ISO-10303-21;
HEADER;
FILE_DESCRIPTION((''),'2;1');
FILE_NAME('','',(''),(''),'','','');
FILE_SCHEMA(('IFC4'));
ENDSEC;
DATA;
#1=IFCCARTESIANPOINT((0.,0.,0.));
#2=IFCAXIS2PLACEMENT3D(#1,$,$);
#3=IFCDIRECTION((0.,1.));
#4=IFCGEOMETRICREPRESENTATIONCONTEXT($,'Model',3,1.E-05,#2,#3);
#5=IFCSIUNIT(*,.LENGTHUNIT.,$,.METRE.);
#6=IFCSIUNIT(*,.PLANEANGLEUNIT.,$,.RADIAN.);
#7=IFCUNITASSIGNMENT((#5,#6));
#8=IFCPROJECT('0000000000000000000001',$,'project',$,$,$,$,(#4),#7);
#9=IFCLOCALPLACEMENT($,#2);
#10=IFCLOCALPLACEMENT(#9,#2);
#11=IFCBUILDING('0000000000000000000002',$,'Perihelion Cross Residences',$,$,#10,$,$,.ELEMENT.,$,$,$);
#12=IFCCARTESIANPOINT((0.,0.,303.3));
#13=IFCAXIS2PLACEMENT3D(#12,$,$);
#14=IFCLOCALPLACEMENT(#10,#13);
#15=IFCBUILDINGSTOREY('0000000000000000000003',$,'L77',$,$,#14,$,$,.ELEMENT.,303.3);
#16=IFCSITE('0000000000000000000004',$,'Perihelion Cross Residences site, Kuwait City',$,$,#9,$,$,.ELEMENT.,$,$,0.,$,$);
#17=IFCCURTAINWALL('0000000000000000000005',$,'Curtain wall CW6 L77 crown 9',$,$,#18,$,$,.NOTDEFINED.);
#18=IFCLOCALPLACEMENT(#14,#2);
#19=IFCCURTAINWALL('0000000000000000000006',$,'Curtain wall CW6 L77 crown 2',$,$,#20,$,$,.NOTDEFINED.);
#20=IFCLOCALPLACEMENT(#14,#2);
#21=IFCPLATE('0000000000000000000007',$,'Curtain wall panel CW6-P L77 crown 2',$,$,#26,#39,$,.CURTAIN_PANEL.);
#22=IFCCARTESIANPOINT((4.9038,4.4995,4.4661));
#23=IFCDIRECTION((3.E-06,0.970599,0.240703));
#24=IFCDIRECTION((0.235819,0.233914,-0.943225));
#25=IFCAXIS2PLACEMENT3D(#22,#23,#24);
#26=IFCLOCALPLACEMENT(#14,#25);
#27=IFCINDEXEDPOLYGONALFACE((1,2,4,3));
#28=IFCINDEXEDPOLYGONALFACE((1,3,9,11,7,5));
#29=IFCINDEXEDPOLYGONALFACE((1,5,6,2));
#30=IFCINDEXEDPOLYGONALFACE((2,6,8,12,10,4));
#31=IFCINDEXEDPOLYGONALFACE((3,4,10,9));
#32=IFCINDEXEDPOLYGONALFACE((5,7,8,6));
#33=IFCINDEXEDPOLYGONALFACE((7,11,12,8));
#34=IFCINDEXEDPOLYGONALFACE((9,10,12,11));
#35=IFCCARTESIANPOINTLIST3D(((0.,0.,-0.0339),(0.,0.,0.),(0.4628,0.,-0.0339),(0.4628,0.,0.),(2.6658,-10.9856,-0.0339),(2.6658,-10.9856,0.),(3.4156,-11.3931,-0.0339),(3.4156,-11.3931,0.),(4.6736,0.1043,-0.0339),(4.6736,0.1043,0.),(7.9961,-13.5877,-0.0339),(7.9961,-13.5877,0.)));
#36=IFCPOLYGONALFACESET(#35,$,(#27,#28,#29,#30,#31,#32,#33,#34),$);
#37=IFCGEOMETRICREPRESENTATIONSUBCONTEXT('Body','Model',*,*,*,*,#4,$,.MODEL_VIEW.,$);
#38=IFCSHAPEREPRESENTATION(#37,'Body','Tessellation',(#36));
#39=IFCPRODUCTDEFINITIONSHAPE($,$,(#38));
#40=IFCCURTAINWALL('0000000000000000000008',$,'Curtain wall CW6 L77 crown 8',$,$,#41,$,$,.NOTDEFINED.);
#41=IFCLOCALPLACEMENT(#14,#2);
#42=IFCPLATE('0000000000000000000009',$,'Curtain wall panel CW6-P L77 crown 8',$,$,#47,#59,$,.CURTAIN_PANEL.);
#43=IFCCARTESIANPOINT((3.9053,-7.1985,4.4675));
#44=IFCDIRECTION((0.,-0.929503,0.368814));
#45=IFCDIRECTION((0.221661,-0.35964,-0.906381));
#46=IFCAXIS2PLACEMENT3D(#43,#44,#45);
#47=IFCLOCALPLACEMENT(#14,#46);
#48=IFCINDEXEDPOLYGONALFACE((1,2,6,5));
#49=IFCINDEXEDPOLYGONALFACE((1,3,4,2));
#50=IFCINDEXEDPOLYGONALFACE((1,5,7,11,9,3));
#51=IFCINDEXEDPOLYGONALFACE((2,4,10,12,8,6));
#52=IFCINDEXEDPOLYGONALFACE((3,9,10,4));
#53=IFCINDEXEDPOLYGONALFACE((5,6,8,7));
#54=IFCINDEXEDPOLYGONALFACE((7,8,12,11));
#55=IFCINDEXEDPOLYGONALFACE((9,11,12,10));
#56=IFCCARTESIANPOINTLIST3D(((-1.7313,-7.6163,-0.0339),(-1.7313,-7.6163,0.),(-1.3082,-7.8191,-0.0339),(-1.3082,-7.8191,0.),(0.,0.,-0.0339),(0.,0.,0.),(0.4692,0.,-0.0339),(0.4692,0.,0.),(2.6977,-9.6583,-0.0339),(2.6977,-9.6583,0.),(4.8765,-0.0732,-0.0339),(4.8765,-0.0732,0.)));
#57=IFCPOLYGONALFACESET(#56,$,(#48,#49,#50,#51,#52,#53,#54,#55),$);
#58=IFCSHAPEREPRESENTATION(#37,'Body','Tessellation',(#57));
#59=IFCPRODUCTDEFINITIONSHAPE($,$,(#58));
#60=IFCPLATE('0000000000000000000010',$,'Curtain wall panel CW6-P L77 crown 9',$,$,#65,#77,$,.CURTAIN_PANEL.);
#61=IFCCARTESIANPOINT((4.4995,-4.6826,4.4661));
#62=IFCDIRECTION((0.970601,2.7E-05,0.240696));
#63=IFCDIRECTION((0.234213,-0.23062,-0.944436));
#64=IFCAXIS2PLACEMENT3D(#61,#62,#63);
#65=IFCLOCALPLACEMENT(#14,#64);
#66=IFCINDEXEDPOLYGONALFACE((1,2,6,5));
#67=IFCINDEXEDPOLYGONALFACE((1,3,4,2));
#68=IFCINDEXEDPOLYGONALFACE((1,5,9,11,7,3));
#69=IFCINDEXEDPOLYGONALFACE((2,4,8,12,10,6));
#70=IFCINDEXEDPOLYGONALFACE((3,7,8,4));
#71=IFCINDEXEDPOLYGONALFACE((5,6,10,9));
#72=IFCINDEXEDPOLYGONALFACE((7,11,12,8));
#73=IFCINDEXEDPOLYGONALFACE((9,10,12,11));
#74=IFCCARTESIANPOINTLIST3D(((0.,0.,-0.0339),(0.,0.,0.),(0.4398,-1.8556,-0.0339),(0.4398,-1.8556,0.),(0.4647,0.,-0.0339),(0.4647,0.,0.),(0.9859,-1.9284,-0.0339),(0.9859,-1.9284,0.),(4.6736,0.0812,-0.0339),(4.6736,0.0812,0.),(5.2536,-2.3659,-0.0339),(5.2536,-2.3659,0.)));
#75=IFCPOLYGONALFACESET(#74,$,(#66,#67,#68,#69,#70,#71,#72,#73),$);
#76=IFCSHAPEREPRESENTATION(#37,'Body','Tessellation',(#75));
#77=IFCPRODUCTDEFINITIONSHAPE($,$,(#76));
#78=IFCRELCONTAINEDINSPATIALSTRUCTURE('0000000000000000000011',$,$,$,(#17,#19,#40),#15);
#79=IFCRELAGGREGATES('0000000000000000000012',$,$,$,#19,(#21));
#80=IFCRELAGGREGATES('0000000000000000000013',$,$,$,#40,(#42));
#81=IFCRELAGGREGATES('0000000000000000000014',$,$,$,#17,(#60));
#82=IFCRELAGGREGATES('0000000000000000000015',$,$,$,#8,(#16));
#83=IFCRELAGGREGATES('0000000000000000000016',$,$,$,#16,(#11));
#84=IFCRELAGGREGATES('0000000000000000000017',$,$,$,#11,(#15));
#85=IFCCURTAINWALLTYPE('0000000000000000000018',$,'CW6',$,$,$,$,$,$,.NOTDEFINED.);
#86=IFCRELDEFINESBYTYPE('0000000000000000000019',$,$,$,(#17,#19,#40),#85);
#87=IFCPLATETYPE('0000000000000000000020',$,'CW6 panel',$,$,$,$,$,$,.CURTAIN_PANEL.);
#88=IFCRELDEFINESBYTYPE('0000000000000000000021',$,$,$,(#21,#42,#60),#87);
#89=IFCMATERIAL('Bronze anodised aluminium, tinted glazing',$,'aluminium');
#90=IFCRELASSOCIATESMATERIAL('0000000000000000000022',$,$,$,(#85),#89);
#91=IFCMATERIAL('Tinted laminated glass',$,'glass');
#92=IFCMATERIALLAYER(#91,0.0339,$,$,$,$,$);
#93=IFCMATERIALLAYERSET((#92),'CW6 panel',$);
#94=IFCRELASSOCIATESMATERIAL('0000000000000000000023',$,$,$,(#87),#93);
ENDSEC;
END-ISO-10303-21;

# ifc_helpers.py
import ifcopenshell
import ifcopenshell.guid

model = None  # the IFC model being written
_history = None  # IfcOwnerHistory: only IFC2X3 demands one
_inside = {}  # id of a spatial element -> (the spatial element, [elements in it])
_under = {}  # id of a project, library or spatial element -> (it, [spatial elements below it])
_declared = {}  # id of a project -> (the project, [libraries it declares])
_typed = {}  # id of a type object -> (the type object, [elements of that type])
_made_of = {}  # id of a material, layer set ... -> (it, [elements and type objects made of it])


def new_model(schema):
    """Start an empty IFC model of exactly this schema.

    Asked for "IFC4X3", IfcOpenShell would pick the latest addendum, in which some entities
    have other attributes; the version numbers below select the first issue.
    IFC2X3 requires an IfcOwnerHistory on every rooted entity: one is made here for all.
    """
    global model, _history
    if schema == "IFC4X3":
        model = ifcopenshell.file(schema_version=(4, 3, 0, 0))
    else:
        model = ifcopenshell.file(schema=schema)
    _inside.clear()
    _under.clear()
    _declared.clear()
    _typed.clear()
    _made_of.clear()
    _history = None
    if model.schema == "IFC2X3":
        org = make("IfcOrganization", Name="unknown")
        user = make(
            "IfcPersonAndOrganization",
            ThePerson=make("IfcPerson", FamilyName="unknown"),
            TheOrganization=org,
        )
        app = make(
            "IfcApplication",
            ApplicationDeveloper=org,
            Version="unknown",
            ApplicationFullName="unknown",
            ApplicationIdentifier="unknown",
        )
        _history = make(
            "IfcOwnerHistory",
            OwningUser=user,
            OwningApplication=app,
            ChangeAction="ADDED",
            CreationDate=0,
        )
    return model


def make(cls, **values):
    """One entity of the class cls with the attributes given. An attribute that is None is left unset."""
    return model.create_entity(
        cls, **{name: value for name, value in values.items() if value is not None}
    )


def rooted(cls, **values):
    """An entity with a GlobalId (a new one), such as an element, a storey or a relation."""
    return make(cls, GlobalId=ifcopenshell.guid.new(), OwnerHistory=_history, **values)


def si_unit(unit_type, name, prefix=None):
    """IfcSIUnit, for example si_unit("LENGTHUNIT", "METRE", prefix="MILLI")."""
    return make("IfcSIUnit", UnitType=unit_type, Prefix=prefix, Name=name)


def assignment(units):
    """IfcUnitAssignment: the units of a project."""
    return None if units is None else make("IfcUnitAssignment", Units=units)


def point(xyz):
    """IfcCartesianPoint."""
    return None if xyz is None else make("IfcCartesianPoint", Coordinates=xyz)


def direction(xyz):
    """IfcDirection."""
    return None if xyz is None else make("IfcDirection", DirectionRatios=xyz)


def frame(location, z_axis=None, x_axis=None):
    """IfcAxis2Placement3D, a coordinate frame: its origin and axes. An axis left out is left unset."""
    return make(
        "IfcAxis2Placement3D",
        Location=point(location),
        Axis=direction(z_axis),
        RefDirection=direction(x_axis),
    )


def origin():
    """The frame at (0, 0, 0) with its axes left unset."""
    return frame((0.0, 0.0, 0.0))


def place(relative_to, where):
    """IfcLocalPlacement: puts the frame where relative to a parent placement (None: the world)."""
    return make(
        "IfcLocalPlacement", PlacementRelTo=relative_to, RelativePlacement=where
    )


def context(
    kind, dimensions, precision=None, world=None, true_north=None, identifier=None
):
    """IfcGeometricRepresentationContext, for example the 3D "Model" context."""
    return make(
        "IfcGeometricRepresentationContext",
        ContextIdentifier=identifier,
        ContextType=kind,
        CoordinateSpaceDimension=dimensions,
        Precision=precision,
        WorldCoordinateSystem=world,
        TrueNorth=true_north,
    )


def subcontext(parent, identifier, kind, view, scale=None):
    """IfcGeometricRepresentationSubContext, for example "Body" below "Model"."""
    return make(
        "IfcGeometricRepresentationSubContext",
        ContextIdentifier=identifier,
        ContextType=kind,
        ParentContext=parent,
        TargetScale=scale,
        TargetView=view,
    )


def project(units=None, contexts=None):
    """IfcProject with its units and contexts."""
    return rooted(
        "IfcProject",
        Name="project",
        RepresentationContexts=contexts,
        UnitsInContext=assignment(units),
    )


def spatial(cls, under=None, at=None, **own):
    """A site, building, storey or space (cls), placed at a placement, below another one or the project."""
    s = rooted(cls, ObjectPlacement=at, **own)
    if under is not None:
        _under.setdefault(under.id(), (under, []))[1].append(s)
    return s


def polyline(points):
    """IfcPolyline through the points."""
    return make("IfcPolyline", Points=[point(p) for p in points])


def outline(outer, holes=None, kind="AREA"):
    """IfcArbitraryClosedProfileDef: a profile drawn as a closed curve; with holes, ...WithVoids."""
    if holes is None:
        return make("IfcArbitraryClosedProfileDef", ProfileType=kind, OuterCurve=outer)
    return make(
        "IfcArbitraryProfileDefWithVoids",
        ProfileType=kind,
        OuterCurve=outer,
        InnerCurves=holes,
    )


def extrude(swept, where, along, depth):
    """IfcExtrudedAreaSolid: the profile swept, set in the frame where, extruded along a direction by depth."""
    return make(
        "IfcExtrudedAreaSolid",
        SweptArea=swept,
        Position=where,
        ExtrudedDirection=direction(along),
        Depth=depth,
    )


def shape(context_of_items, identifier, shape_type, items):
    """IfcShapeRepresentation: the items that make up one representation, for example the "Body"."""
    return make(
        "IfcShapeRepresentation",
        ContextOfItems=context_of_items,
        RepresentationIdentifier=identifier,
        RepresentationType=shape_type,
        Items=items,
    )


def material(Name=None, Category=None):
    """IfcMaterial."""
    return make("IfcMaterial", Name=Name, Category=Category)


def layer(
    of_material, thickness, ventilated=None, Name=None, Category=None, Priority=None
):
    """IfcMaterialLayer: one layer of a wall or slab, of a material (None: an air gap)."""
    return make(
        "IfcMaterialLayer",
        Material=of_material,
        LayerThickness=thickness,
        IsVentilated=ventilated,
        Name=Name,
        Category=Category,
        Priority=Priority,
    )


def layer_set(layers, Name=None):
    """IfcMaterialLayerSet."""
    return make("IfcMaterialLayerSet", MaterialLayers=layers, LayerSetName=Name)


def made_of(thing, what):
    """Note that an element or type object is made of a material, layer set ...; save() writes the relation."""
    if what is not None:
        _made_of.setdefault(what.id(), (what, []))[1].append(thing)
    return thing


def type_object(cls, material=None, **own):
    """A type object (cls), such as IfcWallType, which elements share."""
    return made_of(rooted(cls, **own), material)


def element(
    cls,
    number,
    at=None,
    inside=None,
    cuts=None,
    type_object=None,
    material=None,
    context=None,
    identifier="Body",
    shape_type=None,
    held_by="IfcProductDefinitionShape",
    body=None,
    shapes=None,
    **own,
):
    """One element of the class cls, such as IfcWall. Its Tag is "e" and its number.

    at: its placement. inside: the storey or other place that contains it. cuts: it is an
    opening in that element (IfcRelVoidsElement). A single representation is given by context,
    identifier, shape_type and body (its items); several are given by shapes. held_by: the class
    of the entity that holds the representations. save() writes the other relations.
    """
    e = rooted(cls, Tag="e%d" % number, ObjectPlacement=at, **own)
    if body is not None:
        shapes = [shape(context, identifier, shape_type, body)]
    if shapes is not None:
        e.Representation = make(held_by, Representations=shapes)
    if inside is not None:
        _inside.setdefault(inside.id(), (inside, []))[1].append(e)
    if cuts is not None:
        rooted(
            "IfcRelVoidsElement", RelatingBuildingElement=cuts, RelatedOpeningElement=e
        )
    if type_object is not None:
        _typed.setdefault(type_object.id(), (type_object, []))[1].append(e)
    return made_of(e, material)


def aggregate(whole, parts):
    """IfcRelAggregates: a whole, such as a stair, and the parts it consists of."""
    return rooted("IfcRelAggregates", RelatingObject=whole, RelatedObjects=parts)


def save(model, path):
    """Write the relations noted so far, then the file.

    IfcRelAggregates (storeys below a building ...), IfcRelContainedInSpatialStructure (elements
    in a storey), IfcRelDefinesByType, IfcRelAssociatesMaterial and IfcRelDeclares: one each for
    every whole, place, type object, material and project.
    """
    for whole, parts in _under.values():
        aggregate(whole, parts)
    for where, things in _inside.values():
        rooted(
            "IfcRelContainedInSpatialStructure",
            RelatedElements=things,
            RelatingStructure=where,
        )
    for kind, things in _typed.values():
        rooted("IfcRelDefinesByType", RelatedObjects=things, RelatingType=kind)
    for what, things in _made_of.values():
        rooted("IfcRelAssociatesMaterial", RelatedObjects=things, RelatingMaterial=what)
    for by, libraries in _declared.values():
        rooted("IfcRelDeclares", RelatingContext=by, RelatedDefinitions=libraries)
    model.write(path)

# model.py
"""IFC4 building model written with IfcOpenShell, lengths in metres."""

from ifc_helpers import new_model, si_unit, direction, frame, origin, place, context, subcontext, project, spatial, polyline, outline, extrude, material, layer, layer_set, type_object, element, aggregate, save


model = new_model("IFC4")

# Units and contexts
model_context = context("Model", 3, precision=1e-05, world=origin(), true_north=direction((0.0, 1.0)))
body_context = subcontext(model_context, "Body", "Model", "MODEL_VIEW")
ifc_project = project(units=[si_unit("LENGTHUNIT", "METRE"), si_unit("PLANEANGLEUNIT", "RADIAN")], contexts=[model_context])

# Site, building, storey
site_placement = place(None, origin())
site = spatial("IfcSite", under=ifc_project, at=site_placement, Name="Perihelion Cross Residences site, Kuwait City", CompositionType="ELEMENT", RefElevation=0.0)
building_placement = place(site_placement, origin())
building = spatial("IfcBuilding", under=site, at=building_placement, Name="Perihelion Cross Residences", CompositionType="ELEMENT")
storey_placement = place(building_placement, frame((0.0, 0.0, 303.3)))
storey = spatial("IfcBuildingStorey", under=building, at=storey_placement, Name="L77", CompositionType="ELEMENT", Elevation=303.3)

# Shared definitions
ifc_material_1 = material(Name="Bronze anodised aluminium, tinted glazing", Category="aluminium")
curtain_wall_type = type_object("IfcCurtainWallType", Name="CW6", PredefinedType="NOTDEFINED", material=ifc_material_1)

# Curtain wall
curtain_wall_1_placement = place(storey_placement, origin())
curtain_wall_1 = element("IfcCurtainWall", 1, at=curtain_wall_1_placement, inside=storey, type_object=curtain_wall_type, Name="Curtain wall CW6 L77 crown 9", PredefinedType="NOTDEFINED")

# Curtain walls, plates
curtain_wall_2_placement = place(storey_placement, origin())
curtain_wall_2 = element("IfcCurtainWall", 2, at=curtain_wall_2_placement, inside=storey, type_object=curtain_wall_type, Name="Curtain wall CW6 L77 crown 2", PredefinedType="NOTDEFINED")
ifc_material_2 = material(Name="Tinted laminated glass", Category="glass")
ifc_layer_1 = layer(ifc_material_2, 0.0339)
ifc_layer_set_1 = layer_set([ifc_layer_1], Name="CW6 panel")
plate_type = type_object("IfcPlateType", Name="CW6 panel", PredefinedType="CURTAIN_PANEL", material=ifc_layer_set_1)
plate_1_placement = place(storey_placement, frame((4.9038, 4.4995, 4.4661), z_axis=(0.000003, 0.970599, 0.240703), x_axis=(0.235819, 0.233914, -0.943225)))
plate_1 = element("IfcPlate", 3, at=plate_1_placement, type_object=plate_type, Name="Curtain wall panel CW6-P L77 crown 2", PredefinedType="CURTAIN_PANEL", context=body_context, shape_type="SweptSolid", body=[
    extrude(outline(polyline([(0.0, 0.0), (0.4628, 0.0), (4.6736, 0.1043), (7.9961, -13.5877), (3.4156, -11.3931), (2.6658, -10.9856), (0.0, 0.0)])), origin(), (0.0, 0.0, -1.0), 0.0339),
])
aggregate(curtain_wall_2, [plate_1])
curtain_wall_3_placement = place(storey_placement, origin())
curtain_wall_3 = element("IfcCurtainWall", 4, at=curtain_wall_3_placement, inside=storey, type_object=curtain_wall_type, Name="Curtain wall CW6 L77 crown 8", PredefinedType="NOTDEFINED")
plate_2_placement = place(storey_placement, frame((3.9053, -7.1985, 4.4675), z_axis=(0.0, -0.929503, 0.368814), x_axis=(0.221661, -0.35964, -0.906381)))
plate_2 = element("IfcPlate", 5, at=plate_2_placement, type_object=plate_type, Name="Curtain wall panel CW6-P L77 crown 8", PredefinedType="CURTAIN_PANEL", context=body_context, shape_type="SweptSolid", body=[
    extrude(outline(polyline([(0.0, 0.0), (0.4692, 0.0), (4.8765, -0.0732), (2.6977, -9.6583), (-1.3082, -7.8191), (-1.7313, -7.6163), (0.0, 0.0)])), origin(), (0.0, 0.0, -1.0), 0.0339),
])
aggregate(curtain_wall_3, [plate_2])

# Plate
plate_3_placement = place(storey_placement, frame((4.4995, -4.6826, 4.4661), z_axis=(0.970601, 0.000027, 0.240696), x_axis=(0.234213, -0.23062, -0.944436)))
plate_3 = element("IfcPlate", 6, at=plate_3_placement, type_object=plate_type, Name="Curtain wall panel CW6-P L77 crown 9", PredefinedType="CURTAIN_PANEL", context=body_context, shape_type="SweptSolid", body=[
    extrude(outline(polyline([(0.0, 0.0), (0.4647, 0.0), (4.6736, 0.0812), (5.2536, -2.3659), (0.9859, -1.9284), (0.4398, -1.8556), (0.0, 0.0)])), origin(), (0.0, 0.0, -1.0), 0.0339),
])
aggregate(curtain_wall_1, [plate_3])

save(model, "model.ifc")
